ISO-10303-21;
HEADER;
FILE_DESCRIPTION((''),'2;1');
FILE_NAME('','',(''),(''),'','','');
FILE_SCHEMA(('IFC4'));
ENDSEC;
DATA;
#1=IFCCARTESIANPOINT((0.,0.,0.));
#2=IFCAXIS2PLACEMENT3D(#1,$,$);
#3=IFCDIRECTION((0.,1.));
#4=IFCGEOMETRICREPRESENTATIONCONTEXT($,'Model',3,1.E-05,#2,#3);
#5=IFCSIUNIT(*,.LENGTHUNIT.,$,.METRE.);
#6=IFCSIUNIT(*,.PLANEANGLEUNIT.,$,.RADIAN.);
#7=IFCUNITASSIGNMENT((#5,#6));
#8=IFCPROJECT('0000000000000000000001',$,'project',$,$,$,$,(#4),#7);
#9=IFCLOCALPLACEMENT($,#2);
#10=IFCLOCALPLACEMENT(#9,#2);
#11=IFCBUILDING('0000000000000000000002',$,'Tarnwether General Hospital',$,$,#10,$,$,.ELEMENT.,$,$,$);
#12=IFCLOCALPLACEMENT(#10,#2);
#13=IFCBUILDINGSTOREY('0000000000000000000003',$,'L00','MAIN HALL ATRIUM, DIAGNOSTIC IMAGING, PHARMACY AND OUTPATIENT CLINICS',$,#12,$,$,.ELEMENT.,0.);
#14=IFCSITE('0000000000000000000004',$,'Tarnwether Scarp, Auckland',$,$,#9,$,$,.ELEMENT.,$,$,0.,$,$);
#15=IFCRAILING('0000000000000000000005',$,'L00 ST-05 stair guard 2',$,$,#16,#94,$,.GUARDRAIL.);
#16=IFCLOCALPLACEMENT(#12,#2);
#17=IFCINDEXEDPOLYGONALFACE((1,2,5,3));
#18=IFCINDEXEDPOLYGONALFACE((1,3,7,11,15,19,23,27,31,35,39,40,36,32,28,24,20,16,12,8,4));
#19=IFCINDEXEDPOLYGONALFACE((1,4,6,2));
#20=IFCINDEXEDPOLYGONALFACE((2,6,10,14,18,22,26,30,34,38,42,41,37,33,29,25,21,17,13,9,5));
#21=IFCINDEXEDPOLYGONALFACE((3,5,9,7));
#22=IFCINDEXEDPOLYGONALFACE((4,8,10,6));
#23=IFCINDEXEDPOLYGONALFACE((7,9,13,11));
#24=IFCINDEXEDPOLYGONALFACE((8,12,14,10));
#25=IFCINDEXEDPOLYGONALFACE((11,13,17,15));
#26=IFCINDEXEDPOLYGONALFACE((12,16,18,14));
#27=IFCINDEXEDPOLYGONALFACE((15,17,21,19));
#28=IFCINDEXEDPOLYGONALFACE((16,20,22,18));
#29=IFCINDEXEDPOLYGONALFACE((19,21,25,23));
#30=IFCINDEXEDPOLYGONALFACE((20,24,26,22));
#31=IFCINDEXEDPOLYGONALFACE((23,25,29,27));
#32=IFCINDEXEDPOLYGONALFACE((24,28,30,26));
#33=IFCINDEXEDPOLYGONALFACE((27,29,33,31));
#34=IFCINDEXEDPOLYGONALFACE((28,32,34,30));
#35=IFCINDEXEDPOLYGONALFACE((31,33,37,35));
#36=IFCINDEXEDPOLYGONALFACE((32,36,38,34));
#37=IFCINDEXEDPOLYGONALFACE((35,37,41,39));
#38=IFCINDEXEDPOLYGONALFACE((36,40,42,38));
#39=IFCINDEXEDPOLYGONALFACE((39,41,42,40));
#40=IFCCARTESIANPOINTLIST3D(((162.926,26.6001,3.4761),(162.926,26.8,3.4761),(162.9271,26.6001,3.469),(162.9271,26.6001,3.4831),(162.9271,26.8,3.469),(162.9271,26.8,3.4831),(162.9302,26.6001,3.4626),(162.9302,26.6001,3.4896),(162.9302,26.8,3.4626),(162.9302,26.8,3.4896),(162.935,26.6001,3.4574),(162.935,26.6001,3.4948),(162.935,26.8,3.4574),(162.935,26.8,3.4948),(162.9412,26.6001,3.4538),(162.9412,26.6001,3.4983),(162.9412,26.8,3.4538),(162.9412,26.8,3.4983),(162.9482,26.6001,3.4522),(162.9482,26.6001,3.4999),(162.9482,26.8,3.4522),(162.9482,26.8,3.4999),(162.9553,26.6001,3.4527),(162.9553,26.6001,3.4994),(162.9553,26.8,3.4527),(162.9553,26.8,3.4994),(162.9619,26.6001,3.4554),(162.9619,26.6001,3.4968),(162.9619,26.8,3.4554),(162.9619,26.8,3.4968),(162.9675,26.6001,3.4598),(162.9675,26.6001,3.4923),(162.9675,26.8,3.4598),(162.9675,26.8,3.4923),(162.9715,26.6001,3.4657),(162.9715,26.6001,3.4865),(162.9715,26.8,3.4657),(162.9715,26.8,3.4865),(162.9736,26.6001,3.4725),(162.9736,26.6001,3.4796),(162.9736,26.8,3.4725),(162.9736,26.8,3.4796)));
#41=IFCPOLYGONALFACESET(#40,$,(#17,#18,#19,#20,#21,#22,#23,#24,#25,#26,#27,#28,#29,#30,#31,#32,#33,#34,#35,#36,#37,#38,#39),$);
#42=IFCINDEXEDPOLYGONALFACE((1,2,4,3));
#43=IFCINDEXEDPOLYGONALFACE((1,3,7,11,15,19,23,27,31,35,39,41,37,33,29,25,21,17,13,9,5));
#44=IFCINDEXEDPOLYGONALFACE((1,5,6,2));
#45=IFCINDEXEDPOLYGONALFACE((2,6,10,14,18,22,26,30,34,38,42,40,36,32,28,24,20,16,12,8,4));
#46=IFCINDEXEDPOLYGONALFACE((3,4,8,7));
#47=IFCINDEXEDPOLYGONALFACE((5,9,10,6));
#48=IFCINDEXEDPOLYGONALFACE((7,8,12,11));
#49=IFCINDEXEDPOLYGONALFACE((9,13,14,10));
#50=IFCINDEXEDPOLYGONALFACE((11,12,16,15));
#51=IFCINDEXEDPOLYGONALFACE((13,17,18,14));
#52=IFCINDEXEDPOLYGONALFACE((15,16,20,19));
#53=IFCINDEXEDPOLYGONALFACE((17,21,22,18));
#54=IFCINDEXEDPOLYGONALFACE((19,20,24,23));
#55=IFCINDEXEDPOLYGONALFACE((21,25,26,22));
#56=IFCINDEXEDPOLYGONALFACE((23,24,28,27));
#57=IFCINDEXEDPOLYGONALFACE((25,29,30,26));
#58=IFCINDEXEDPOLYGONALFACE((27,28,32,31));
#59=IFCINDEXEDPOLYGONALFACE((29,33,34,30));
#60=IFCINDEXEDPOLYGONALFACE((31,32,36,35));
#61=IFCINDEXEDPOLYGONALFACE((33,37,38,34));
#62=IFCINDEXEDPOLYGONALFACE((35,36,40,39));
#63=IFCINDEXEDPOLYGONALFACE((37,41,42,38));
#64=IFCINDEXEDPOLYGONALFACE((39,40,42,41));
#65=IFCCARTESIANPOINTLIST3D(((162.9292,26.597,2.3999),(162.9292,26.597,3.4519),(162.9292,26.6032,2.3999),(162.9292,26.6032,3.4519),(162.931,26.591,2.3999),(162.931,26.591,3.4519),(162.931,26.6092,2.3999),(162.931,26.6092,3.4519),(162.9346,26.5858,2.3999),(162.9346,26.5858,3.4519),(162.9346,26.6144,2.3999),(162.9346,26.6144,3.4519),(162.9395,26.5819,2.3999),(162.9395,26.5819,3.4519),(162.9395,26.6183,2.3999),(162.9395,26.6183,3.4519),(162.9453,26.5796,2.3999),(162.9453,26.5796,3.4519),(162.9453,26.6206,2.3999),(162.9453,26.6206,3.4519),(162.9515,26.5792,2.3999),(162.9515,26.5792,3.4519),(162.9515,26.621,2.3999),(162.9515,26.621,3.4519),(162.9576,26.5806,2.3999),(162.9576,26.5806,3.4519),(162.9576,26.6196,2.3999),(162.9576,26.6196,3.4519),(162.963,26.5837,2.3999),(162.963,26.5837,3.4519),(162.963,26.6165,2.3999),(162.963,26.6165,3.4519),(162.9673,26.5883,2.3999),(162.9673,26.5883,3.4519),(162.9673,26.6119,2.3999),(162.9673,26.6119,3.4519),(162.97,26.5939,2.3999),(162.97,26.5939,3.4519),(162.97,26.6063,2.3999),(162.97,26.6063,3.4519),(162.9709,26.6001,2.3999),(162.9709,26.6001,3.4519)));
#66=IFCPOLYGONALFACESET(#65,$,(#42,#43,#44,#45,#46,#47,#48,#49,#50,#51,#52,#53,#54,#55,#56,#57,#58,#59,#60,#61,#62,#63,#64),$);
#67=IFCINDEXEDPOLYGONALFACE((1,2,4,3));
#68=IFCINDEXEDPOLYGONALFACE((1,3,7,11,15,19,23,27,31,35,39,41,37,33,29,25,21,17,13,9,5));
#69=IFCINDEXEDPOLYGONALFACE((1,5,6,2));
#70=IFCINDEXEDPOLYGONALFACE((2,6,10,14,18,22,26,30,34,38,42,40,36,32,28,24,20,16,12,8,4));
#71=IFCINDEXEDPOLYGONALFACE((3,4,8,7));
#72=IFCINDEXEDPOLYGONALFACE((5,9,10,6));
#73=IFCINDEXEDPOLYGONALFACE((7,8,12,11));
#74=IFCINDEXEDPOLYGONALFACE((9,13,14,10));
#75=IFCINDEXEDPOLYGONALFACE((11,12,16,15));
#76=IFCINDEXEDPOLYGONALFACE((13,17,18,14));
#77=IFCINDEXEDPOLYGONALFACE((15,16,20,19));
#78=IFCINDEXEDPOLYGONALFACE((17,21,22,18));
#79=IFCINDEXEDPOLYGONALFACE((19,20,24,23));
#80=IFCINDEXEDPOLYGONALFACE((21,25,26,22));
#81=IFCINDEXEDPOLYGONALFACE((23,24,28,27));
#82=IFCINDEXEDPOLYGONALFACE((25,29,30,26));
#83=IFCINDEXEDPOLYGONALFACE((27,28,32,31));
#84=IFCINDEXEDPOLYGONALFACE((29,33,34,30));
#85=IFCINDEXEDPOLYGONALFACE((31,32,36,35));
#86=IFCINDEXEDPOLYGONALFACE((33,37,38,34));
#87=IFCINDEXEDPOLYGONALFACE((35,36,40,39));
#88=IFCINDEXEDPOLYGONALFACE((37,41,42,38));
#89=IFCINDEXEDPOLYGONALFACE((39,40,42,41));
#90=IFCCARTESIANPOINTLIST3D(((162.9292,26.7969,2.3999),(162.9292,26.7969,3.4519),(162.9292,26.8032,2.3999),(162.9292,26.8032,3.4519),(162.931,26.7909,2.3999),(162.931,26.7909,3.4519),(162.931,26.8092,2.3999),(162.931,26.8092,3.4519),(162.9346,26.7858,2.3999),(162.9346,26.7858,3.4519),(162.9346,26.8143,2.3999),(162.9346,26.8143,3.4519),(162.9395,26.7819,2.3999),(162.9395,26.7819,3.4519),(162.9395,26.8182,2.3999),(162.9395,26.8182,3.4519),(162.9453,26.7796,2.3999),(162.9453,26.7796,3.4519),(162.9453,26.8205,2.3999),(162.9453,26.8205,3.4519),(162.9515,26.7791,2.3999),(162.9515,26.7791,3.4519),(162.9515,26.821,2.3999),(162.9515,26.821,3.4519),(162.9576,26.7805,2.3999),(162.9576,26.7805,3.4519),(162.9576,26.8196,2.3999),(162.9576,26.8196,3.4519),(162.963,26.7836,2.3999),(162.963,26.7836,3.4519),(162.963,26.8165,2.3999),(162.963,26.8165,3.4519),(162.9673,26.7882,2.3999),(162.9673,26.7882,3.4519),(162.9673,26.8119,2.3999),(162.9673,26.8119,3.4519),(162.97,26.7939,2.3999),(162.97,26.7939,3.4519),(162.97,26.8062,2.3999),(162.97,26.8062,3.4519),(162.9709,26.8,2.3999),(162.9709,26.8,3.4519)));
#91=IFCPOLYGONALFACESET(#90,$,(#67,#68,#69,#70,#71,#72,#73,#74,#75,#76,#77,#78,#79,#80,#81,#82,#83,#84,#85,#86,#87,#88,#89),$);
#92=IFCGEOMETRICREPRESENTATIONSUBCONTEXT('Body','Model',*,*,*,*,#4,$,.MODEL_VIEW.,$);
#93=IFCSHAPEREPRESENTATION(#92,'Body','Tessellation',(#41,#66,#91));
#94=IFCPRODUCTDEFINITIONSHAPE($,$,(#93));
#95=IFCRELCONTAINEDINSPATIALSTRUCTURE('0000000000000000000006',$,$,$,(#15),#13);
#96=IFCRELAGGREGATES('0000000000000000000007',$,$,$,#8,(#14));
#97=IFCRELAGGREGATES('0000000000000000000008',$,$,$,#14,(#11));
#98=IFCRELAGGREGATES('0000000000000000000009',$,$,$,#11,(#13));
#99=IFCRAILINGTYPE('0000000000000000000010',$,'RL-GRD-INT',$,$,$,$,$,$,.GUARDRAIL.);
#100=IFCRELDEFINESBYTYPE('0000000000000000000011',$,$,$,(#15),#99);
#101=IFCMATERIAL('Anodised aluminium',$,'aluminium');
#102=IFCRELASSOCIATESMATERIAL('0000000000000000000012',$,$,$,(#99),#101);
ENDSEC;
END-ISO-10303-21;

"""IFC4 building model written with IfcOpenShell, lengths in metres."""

from ifc_helpers import new_model, si_unit, direction, frame, origin, origin_2d, place, context, subcontext, project, spatial, circle, extrude, material, type_object, element, save


model = new_model("IFC4")

# Units and contexts
model_context = context("Model", 3, precision=1e-05, world=origin(), true_north=direction((0.0, 1.0)))
body_context = subcontext(model_context, "Body", "Model", "MODEL_VIEW")
ifc_project = project(units=[si_unit("LENGTHUNIT", "METRE"), si_unit("PLANEANGLEUNIT", "RADIAN")], contexts=[model_context])

# Site, building, storey
site_placement = place(None, origin())
site = spatial("IfcSite", under=ifc_project, at=site_placement, Name="Tarnwether Scarp, Auckland", CompositionType="ELEMENT", RefElevation=0.0)
building_placement = place(site_placement, origin())
building = spatial("IfcBuilding", under=site, at=building_placement, Name="Tarnwether General Hospital", CompositionType="ELEMENT")
storey_placement = place(building_placement, origin())
storey = spatial("IfcBuildingStorey", under=building, at=storey_placement, Name="L00", Description="MAIN HALL ATRIUM, DIAGNOSTIC IMAGING, PHARMACY AND OUTPATIENT CLINICS", CompositionType="ELEMENT", Elevation=0.0)

# Railing
ifc_material_1 = material(Name="Anodised aluminium", Category="aluminium")
railing_type_1 = type_object("IfcRailingType", Name="RL-GRD-INT", PredefinedType="GUARDRAIL", material=ifc_material_1)
railing_1_placement = place(storey_placement, frame((162.95, 26.6001, 2.3999)))
element("IfcRailing", 1, at=railing_1_placement, inside=storey, type_object=railing_type_1, Name="L00 ST-05 stair guard 2", PredefinedType="GUARDRAIL", context=body_context, shape_type="SweptSolid", body=[
    extrude(circle(Radius=0.0239, at=origin_2d()), frame((0.0, 0.0, 1.0762), z_axis=(0.0, 1.0, 0.0), x_axis=(-1.0, 0.0, 0.0)), (0.0, 0.0, 1.0), 0.2),
    extrude(circle(Radius=0.021, at=origin_2d()), origin(), (0.0, 0.0, 1.0), 1.052),
    extrude(circle(Radius=0.021, at=origin_2d()), frame((0.0, 0.2, 0.0)), (0.0, 0.0, 1.0), 1.052),
])

save(model, "model.ifc")
